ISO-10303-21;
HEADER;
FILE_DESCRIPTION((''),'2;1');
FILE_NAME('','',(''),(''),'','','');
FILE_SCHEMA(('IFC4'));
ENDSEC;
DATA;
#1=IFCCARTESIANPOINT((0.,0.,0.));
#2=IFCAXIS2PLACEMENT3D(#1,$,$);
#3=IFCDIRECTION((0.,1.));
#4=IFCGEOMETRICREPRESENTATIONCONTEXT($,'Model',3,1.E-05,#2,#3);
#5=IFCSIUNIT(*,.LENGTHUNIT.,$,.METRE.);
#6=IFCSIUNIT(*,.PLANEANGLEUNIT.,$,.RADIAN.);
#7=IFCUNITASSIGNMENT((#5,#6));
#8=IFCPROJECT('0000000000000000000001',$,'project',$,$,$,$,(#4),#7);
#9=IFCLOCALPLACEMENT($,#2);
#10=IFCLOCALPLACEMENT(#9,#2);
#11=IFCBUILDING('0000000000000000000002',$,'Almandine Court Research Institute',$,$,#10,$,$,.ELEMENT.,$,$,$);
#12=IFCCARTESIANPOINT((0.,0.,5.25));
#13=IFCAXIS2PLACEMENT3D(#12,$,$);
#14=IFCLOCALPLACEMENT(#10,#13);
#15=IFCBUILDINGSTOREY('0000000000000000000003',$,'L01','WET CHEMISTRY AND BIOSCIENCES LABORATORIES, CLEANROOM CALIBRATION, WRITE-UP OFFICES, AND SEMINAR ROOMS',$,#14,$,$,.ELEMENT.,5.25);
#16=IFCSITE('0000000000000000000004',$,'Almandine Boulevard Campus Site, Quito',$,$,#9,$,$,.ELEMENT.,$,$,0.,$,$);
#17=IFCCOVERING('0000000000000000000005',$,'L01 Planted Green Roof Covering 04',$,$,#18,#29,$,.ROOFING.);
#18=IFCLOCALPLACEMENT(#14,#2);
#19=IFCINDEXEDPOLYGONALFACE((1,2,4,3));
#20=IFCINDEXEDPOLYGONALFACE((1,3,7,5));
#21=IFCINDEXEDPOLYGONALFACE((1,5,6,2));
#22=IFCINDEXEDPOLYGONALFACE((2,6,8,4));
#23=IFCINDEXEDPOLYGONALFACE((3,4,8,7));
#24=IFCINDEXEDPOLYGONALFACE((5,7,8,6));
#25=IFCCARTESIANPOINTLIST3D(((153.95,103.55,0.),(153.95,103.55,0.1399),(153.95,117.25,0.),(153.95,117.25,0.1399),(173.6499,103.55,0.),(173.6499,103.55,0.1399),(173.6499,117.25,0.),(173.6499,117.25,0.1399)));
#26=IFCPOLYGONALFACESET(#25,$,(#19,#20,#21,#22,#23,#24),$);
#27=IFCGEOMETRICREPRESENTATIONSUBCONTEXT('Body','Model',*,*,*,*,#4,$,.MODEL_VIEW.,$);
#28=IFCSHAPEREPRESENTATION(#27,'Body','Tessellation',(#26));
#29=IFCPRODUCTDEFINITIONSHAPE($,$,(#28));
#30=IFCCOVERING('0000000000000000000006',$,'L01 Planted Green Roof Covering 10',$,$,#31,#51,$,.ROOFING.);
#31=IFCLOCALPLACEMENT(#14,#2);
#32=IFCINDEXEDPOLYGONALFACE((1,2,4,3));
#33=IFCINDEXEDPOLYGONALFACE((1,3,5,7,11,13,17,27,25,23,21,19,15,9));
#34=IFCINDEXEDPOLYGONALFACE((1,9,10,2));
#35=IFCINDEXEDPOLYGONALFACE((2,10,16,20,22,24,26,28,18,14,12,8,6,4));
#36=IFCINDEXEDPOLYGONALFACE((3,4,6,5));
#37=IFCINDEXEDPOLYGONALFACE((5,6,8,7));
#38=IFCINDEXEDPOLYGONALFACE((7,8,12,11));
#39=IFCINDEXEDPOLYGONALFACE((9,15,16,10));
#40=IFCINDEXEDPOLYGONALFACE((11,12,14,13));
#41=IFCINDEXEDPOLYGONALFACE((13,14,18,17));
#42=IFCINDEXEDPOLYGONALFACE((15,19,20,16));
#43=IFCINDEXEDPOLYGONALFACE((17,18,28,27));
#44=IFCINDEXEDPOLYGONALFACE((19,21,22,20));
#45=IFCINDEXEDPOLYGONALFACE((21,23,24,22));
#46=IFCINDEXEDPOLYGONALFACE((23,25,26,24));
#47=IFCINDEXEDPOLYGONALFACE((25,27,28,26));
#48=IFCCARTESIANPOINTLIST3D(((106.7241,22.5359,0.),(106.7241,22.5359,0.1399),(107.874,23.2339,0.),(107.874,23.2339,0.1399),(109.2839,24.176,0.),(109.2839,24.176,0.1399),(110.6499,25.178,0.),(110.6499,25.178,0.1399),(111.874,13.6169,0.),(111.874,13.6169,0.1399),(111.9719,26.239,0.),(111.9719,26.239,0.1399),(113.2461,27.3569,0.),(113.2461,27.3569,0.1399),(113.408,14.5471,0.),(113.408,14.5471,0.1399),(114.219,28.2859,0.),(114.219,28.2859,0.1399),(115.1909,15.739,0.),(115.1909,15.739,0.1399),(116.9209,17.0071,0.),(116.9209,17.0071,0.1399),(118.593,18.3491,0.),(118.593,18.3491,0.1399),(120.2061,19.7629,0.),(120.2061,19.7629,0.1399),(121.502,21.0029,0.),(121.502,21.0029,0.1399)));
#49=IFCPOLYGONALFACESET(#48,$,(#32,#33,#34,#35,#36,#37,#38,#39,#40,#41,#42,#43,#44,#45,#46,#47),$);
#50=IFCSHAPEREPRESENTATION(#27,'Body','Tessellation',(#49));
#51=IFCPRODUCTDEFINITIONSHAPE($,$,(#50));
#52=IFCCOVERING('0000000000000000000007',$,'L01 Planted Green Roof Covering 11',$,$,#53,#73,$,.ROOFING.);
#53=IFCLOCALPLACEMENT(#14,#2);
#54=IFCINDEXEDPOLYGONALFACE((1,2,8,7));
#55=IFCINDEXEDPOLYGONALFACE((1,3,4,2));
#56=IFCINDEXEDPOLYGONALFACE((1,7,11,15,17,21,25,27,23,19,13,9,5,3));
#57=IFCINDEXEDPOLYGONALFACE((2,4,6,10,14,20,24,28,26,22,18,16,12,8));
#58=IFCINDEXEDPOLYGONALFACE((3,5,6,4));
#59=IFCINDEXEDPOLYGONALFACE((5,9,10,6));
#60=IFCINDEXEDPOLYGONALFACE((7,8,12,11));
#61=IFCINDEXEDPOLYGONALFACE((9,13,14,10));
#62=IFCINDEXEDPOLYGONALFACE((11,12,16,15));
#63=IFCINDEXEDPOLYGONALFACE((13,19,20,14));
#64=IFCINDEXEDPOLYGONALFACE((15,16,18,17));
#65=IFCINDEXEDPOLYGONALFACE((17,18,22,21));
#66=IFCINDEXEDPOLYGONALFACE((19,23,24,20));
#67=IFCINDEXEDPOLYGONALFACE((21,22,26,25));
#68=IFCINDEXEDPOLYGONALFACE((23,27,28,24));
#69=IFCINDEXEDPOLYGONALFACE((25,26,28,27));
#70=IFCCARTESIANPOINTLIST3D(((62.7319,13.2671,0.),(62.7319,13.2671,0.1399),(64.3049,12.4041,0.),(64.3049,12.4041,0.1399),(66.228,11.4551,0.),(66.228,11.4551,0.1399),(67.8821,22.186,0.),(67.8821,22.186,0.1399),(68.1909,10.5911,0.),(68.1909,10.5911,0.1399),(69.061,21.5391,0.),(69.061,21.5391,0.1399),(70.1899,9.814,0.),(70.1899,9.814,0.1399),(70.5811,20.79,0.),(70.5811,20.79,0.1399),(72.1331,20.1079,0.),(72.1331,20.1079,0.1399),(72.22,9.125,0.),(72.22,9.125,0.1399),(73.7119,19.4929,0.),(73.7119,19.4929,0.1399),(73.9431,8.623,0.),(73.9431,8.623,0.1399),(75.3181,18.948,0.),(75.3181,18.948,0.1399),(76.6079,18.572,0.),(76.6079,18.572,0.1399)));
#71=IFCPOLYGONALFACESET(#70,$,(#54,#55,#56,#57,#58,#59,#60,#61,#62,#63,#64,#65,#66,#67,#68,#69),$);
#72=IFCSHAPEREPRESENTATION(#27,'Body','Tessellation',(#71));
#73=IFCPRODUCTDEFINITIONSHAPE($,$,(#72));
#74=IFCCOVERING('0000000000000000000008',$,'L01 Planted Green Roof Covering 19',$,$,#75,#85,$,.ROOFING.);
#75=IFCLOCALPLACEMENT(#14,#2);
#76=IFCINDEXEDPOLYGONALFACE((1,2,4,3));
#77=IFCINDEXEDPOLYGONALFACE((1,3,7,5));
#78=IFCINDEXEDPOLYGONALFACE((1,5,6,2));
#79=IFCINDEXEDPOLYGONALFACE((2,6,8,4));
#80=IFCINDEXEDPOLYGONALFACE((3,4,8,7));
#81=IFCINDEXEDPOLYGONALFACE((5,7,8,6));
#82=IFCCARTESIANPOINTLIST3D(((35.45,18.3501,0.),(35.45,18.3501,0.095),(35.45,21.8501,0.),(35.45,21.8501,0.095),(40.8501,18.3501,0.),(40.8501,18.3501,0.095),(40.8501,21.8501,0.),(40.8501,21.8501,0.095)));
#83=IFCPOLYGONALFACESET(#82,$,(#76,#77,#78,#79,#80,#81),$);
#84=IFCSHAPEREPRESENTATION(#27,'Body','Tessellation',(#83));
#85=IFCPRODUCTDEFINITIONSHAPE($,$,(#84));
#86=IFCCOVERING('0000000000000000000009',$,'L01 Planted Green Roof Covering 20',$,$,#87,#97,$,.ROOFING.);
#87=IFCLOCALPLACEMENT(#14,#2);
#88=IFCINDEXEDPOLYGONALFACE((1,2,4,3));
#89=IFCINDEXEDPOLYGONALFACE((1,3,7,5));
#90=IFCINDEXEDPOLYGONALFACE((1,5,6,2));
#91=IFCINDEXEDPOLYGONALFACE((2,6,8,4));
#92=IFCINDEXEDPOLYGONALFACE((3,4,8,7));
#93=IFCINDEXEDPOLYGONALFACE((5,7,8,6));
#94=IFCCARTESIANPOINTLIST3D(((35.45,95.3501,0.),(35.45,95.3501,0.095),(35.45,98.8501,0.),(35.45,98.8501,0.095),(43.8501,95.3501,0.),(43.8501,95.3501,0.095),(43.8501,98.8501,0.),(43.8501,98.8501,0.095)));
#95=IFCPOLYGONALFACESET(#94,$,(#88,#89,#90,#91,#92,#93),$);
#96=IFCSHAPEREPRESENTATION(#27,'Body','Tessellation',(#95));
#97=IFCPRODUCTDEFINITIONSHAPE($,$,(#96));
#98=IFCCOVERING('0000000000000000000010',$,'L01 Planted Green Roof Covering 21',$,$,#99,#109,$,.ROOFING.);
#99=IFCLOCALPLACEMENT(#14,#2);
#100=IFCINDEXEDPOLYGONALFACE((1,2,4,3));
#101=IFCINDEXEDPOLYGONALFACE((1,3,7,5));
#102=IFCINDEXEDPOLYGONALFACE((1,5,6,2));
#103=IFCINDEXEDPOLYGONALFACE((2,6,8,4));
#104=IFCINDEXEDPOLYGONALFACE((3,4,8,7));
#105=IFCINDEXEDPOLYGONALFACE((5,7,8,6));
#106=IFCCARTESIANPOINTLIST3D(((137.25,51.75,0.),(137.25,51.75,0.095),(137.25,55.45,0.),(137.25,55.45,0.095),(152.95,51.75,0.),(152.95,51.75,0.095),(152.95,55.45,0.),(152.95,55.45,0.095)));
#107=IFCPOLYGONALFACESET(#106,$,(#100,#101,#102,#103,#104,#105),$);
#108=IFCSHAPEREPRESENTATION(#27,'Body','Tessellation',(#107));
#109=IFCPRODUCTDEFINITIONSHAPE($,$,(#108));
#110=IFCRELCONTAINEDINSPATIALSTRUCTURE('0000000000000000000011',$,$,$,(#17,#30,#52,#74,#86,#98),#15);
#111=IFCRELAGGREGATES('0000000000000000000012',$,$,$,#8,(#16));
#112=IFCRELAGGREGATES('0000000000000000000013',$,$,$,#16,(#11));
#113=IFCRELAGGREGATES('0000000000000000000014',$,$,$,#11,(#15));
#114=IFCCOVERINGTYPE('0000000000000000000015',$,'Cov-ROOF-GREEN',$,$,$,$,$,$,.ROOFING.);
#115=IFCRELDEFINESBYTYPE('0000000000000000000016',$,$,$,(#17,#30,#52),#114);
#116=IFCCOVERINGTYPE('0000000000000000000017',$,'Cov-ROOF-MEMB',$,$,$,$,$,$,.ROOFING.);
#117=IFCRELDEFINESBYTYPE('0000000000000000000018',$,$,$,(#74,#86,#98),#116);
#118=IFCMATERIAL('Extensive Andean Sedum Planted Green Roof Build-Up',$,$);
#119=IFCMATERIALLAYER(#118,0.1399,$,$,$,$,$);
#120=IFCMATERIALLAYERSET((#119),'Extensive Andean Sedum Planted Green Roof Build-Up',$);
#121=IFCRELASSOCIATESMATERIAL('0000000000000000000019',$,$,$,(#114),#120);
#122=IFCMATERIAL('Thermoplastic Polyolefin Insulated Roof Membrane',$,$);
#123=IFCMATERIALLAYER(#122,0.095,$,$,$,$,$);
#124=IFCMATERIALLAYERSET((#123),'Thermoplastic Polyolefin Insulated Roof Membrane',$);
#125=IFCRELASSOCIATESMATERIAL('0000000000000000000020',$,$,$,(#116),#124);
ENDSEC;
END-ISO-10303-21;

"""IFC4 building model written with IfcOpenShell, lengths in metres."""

from ifc_helpers import new_model, si_unit, direction, frame, origin, place, context, subcontext, project, spatial, polyline, outline, extrude, material, layer, layer_set, type_object, element, save


model = new_model("IFC4")

# Units and contexts
model_context = context("Model", 3, precision=1e-05, world=origin(), true_north=direction((0.0, 1.0)))
body_context = subcontext(model_context, "Body", "Model", "MODEL_VIEW")
ifc_project = project(units=[si_unit("LENGTHUNIT", "METRE"), si_unit("PLANEANGLEUNIT", "RADIAN")], contexts=[model_context])

# Site, building, storey
site_placement = place(None, origin())
site = spatial("IfcSite", under=ifc_project, at=site_placement, Name="Almandine Boulevard Campus Site, Quito", CompositionType="ELEMENT", RefElevation=0.0)
building_placement = place(site_placement, origin())
building = spatial("IfcBuilding", under=site, at=building_placement, Name="Almandine Court Research Institute", CompositionType="ELEMENT")
storey_placement = place(building_placement, frame((0.0, 0.0, 5.25)))
storey = spatial("IfcBuildingStorey", under=building, at=storey_placement, Name="L01", Description="WET CHEMISTRY AND BIOSCIENCES LABORATORIES, CLEANROOM CALIBRATION, WRITE-UP OFFICES, AND SEMINAR ROOMS", CompositionType="ELEMENT", Elevation=5.25)

# Coverings
ifc_material_1 = material(Name="Extensive Andean Sedum Planted Green Roof Build-Up")
ifc_layer_1 = layer(ifc_material_1, 0.1399)
ifc_layer_set_1 = layer_set([ifc_layer_1], Name="Extensive Andean Sedum Planted Green Roof Build-Up")
covering_type_1 = type_object("IfcCoveringType", Name="Cov-ROOF-GREEN", PredefinedType="ROOFING", material=ifc_layer_set_1)
covering_1_placement = place(storey_placement, origin())
element("IfcCovering", 1, at=covering_1_placement, inside=storey, type_object=covering_type_1, Name="L01 Planted Green Roof Covering 04", PredefinedType="ROOFING", context=body_context, shape_type="SweptSolid", body=[
    extrude(outline(polyline([(153.95, 103.55), (153.95, 117.25), (173.6499, 117.25), (173.6499, 103.55), (153.95, 103.55)])), origin(), (0.0, 0.0, 1.0), 0.1399),
])
covering_2_placement = place(storey_placement, origin())
element("IfcCovering", 2, at=covering_2_placement, inside=storey, type_object=covering_type_1, Name="L01 Planted Green Roof Covering 10", PredefinedType="ROOFING", context=body_context, shape_type="SweptSolid", body=[
    extrude(outline(polyline([(111.874, 13.6169), (106.7241, 22.5359), (107.874, 23.2339), (109.2839, 24.176), (110.6499, 25.178), (111.9719, 26.239), (113.2461, 27.3569), (114.219, 28.2859), (121.502, 21.0029), (120.2061, 19.7629), (118.593, 18.3491), (116.9209, 17.0071), (115.1909, 15.739), (113.408, 14.5471), (111.874, 13.6169)])), origin(), (0.0, 0.0, 1.0), 0.1399),
])
covering_3_placement = place(storey_placement, origin())
element("IfcCovering", 3, at=covering_3_placement, inside=storey, type_object=covering_type_1, Name="L01 Planted Green Roof Covering 11", PredefinedType="ROOFING", context=body_context, shape_type="SweptSolid", body=[
    extrude(outline(polyline([(62.7319, 13.2671), (67.8821, 22.186), (69.061, 21.5391), (70.5811, 20.79), (72.1331, 20.1079), (73.7119, 19.4929), (75.3181, 18.948), (76.6079, 18.572), (73.9431, 8.623), (72.22, 9.125), (70.1899, 9.814), (68.1909, 10.5911), (66.228, 11.4551), (64.3049, 12.4041), (62.7319, 13.2671)])), origin(), (0.0, 0.0, 1.0), 0.1399),
])
ifc_material_2 = material(Name="Thermoplastic Polyolefin Insulated Roof Membrane")
ifc_layer_2 = layer(ifc_material_2, 0.095)
ifc_layer_set_2 = layer_set([ifc_layer_2], Name="Thermoplastic Polyolefin Insulated Roof Membrane")
covering_type_2 = type_object("IfcCoveringType", Name="Cov-ROOF-MEMB", PredefinedType="ROOFING", material=ifc_layer_set_2)
covering_4_placement = place(storey_placement, origin())
element("IfcCovering", 4, at=covering_4_placement, inside=storey, type_object=covering_type_2, Name="L01 Planted Green Roof Covering 19", PredefinedType="ROOFING", context=body_context, shape_type="SweptSolid", body=[
    extrude(outline(polyline([(35.45, 18.3501), (35.45, 21.8501), (40.8501, 21.8501), (40.8501, 18.3501), (35.45, 18.3501)])), origin(), (0.0, 0.0, 1.0), 0.095),
])
covering_5_placement = place(storey_placement, origin())
element("IfcCovering", 5, at=covering_5_placement, inside=storey, type_object=covering_type_2, Name="L01 Planted Green Roof Covering 20", PredefinedType="ROOFING", context=body_context, shape_type="SweptSolid", body=[
    extrude(outline(polyline([(35.45, 95.3501), (35.45, 98.8501), (43.8501, 98.8501), (43.8501, 95.3501), (35.45, 95.3501)])), origin(), (0.0, 0.0, 1.0), 0.095),
])
covering_6_placement = place(storey_placement, origin())
element("IfcCovering", 6, at=covering_6_placement, inside=storey, type_object=covering_type_2, Name="L01 Planted Green Roof Covering 21", PredefinedType="ROOFING", context=body_context, shape_type="SweptSolid", body=[
    extrude(outline(polyline([(137.25, 51.75), (137.25, 55.45), (152.95, 55.45), (152.95, 51.75), (137.25, 51.75)])), origin(), (0.0, 0.0, 1.0), 0.095),
])

save(model, "model.ifc")
